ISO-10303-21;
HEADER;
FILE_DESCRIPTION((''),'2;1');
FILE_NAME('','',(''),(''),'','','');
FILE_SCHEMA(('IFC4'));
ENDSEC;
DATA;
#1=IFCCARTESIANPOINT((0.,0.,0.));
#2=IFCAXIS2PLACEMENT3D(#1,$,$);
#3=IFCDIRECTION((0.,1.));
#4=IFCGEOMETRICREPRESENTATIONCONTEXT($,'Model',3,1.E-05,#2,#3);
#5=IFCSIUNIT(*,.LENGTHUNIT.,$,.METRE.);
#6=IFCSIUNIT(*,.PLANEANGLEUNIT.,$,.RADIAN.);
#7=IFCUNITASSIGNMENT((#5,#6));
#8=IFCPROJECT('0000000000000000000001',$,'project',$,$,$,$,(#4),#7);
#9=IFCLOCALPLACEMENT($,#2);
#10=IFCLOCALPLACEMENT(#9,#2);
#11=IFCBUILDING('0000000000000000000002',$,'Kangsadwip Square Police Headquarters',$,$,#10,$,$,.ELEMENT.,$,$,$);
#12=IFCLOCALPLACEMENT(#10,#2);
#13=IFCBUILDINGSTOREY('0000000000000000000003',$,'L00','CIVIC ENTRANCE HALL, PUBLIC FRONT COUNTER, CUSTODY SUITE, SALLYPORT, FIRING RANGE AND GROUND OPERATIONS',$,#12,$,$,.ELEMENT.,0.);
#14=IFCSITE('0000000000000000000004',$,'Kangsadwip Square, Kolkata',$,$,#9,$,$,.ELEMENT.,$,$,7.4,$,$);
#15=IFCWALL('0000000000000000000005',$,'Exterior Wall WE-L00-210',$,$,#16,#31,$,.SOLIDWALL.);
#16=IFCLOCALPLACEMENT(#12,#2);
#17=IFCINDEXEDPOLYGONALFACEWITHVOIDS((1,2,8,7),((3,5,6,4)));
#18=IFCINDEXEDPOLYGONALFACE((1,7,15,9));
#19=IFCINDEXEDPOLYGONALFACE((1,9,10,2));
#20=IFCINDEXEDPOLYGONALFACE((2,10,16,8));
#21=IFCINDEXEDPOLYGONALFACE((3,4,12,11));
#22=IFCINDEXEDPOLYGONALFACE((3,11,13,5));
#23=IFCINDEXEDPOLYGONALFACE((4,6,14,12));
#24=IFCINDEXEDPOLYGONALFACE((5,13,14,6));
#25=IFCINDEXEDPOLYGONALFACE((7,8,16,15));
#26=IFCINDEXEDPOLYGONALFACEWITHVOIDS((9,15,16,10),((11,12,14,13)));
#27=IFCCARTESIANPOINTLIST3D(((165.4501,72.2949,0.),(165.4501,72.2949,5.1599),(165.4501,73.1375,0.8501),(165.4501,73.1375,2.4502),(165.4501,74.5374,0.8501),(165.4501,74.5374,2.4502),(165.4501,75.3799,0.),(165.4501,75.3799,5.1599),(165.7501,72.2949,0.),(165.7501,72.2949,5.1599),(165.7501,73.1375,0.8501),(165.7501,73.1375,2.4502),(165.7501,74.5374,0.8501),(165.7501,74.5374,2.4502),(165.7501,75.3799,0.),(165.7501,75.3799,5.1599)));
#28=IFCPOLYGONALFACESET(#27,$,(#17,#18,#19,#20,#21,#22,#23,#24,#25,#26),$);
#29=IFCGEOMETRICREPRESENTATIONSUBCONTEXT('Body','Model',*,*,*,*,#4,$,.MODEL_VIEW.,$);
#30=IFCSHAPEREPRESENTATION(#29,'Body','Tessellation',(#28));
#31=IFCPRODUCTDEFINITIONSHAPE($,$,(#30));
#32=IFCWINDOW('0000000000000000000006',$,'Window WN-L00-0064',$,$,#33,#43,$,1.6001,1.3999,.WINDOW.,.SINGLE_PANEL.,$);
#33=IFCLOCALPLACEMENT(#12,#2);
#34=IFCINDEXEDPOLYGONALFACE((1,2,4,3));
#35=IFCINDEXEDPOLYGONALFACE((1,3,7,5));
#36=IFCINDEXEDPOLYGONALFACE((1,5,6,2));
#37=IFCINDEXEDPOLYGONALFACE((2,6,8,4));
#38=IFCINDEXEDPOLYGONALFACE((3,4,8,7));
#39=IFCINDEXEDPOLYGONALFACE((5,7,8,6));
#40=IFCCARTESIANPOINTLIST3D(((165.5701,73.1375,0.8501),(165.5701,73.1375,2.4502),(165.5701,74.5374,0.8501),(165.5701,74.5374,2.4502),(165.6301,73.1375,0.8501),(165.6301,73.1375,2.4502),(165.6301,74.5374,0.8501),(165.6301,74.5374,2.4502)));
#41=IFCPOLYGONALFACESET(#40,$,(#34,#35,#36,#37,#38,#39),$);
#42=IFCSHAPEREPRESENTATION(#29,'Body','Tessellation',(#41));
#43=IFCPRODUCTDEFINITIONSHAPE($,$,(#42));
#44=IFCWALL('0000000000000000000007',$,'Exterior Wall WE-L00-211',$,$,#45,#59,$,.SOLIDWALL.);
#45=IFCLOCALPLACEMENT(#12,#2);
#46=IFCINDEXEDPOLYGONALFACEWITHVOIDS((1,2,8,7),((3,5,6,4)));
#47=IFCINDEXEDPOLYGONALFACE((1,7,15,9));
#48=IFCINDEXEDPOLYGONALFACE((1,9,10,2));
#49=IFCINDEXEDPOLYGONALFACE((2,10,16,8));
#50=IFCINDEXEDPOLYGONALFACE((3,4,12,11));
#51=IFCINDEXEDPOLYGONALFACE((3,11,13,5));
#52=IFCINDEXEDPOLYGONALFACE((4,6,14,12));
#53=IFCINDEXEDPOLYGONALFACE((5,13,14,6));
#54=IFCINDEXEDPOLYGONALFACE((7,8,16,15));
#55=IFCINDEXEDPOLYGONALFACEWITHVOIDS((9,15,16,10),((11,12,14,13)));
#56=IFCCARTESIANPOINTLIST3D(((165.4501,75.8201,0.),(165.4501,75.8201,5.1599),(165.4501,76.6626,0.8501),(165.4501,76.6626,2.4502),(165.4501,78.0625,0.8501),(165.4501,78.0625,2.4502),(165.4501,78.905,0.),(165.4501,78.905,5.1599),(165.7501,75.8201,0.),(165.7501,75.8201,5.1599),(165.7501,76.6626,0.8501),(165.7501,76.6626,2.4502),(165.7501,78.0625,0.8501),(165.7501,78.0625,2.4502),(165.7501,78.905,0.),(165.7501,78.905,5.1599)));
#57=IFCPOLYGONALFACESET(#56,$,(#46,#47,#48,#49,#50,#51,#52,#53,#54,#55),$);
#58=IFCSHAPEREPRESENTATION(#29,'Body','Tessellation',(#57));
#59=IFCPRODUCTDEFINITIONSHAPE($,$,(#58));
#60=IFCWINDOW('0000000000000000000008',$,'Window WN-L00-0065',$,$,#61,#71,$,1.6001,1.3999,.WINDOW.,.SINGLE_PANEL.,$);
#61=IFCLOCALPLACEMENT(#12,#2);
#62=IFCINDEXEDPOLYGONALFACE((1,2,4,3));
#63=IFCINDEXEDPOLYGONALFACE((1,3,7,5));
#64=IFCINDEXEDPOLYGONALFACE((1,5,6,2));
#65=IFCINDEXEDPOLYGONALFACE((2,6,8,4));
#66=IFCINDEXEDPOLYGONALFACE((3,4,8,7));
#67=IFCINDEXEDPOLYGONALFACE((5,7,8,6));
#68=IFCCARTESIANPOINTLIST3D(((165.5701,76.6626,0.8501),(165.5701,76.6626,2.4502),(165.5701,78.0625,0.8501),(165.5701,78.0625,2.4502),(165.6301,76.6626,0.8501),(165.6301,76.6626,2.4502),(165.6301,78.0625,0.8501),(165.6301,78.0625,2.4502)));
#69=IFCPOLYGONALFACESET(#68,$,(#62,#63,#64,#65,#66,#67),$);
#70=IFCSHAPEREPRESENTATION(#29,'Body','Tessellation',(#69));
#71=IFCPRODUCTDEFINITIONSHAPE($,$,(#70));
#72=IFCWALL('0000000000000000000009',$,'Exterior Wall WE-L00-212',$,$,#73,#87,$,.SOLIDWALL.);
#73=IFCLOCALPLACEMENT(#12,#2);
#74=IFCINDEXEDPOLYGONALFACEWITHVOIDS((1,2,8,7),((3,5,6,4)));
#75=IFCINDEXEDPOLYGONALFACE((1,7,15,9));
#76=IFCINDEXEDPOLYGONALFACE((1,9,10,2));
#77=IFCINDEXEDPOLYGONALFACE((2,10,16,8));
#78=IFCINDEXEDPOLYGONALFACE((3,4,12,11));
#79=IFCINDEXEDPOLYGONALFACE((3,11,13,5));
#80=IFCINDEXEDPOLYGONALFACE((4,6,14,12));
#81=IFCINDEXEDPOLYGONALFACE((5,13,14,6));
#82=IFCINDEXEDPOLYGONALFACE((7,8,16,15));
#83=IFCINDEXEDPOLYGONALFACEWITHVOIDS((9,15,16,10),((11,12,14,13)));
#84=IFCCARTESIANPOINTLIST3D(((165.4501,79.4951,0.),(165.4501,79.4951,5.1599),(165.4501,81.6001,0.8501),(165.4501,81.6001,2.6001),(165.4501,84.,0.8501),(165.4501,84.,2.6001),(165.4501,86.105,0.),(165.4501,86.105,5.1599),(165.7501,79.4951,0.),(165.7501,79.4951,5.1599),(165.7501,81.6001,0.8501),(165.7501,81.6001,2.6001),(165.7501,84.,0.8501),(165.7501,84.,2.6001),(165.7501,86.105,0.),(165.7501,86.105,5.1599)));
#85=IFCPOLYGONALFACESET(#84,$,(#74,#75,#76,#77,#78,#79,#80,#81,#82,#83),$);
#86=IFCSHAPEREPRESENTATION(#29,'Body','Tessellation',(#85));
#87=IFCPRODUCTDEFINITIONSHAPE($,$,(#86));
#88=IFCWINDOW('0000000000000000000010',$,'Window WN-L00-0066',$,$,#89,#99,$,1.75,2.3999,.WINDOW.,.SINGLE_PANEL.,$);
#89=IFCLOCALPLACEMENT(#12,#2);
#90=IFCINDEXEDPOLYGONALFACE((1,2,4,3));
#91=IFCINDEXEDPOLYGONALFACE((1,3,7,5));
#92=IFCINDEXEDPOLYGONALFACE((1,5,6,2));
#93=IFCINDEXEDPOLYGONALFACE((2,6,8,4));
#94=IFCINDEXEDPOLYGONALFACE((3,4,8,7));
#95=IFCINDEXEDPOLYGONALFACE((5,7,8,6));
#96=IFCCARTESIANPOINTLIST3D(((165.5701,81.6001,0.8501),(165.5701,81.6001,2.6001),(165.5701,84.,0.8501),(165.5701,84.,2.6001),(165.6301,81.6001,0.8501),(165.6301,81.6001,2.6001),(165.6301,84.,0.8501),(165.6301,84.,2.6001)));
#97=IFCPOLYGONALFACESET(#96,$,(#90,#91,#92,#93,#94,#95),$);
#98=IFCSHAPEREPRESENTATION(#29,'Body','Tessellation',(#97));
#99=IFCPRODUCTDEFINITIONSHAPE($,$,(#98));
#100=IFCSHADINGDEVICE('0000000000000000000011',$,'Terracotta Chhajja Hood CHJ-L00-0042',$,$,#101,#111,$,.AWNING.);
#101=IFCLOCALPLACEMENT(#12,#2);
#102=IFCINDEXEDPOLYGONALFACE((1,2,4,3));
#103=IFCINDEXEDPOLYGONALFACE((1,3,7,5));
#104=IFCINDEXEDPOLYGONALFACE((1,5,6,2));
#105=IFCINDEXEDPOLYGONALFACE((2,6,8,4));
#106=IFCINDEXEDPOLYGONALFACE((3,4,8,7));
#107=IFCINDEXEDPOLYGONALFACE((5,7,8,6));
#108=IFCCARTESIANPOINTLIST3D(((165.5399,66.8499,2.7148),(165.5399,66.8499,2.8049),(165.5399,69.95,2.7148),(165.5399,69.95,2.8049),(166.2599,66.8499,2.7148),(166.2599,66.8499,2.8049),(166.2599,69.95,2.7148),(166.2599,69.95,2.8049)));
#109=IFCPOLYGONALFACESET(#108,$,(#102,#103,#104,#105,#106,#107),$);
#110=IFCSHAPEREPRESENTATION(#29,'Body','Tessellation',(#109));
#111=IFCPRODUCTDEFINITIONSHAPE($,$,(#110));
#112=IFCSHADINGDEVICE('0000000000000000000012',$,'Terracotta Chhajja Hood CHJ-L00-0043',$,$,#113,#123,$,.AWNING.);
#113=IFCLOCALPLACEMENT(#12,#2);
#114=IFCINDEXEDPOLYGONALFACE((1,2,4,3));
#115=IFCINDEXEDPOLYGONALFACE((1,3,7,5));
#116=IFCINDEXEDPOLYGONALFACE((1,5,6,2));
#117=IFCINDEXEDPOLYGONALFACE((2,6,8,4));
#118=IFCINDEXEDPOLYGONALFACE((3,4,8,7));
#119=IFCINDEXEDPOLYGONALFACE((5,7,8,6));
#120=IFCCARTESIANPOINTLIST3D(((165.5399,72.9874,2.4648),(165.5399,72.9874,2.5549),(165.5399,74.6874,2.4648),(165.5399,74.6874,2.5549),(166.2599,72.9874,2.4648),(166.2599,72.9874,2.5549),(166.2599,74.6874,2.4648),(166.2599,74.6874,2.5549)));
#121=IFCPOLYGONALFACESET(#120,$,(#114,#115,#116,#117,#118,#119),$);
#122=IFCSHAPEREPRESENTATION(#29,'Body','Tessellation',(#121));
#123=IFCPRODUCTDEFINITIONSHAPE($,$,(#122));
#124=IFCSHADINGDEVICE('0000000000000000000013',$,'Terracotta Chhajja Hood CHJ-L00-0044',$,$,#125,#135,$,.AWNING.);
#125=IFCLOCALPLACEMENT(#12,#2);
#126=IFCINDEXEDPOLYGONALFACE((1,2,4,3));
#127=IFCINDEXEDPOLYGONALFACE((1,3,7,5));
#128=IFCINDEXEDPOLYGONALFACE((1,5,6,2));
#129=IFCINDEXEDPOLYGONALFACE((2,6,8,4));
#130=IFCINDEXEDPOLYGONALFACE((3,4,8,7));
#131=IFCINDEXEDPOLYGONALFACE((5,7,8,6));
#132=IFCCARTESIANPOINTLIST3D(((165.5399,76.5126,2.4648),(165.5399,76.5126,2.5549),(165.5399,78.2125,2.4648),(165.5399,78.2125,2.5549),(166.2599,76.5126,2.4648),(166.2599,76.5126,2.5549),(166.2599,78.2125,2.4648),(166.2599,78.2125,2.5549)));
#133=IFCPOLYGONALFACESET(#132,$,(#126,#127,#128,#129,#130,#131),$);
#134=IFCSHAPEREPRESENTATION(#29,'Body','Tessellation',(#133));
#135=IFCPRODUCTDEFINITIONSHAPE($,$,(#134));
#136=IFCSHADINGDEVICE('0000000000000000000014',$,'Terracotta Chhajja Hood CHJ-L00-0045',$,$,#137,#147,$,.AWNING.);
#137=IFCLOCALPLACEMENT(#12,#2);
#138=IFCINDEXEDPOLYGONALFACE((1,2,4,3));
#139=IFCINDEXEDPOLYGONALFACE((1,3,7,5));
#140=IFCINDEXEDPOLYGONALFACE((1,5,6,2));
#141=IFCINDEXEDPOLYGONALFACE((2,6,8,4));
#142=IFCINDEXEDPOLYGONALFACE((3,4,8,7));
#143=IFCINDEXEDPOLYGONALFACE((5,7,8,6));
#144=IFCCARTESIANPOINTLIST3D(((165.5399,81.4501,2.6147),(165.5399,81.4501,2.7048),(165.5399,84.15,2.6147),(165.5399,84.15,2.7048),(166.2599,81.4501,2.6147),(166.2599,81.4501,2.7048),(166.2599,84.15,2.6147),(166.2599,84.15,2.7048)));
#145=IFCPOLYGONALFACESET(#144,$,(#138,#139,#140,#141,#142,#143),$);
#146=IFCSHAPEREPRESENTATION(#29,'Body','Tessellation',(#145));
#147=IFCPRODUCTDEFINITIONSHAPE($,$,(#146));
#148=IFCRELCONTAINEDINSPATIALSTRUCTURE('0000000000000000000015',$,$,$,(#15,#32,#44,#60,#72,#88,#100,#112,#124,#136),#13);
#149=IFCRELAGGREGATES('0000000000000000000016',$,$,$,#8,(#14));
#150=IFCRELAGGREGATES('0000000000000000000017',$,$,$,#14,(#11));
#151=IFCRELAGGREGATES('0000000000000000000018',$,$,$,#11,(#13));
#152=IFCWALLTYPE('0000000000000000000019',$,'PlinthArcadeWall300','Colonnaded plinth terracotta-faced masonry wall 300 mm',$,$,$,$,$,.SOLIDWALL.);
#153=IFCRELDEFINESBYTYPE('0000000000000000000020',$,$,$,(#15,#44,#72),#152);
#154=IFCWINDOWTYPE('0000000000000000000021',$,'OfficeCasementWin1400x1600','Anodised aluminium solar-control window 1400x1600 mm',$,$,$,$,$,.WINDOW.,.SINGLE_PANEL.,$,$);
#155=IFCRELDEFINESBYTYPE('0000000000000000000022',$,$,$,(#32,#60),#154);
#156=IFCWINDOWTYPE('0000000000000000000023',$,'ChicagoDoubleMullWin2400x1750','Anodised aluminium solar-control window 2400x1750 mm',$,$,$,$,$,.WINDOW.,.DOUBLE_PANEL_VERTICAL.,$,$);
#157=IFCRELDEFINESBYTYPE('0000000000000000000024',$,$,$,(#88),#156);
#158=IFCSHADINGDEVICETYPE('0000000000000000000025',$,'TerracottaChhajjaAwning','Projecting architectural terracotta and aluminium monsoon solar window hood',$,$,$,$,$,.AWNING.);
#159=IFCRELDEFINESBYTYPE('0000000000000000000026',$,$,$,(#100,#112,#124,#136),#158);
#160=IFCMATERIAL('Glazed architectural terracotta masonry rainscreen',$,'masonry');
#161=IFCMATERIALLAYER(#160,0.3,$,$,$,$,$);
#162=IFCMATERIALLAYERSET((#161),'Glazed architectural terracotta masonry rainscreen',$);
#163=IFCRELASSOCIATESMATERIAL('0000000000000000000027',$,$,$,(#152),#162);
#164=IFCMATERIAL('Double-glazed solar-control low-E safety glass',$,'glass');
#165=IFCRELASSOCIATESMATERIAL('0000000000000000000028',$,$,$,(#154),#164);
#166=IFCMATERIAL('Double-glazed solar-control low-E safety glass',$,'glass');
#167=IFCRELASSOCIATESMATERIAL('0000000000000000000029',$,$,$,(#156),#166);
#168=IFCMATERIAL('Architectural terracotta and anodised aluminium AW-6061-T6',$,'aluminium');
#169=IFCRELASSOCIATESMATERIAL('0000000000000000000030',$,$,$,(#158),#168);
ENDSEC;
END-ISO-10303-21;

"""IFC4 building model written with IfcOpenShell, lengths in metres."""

from ifc_helpers import new_model, si_unit, direction, frame, frame_2d, origin, origin_2d, place, context, subcontext, project, spatial, rectangle, extrude, material, layer, layer_set, type_object, element, fill, save


model = new_model("IFC4")

# Units and contexts
model_context = context("Model", 3, precision=1e-05, world=origin(), true_north=direction((0.0, 1.0)))
body_context = subcontext(model_context, "Body", "Model", "MODEL_VIEW")
ifc_project = project(units=[si_unit("LENGTHUNIT", "METRE"), si_unit("PLANEANGLEUNIT", "RADIAN")], contexts=[model_context])

# Site, building, storey
site_placement = place(None, origin())
site = spatial("IfcSite", under=ifc_project, at=site_placement, Name="Kangsadwip Square, Kolkata", CompositionType="ELEMENT", RefElevation=7.4)
building_placement = place(site_placement, origin())
building = spatial("IfcBuilding", under=site, at=building_placement, Name="Kangsadwip Square Police Headquarters", CompositionType="ELEMENT")
storey_placement = place(building_placement, origin())
storey = spatial("IfcBuildingStorey", under=building, at=storey_placement, Name="L00", Description="CIVIC ENTRANCE HALL, PUBLIC FRONT COUNTER, CUSTODY SUITE, SALLYPORT, FIRING RANGE AND GROUND OPERATIONS", CompositionType="ELEMENT", Elevation=0.0)

# Walls, openings, windows
ifc_material_1 = material(Name="Glazed architectural terracotta masonry rainscreen", Category="masonry")
ifc_layer_1 = layer(ifc_material_1, 0.3)
ifc_layer_set_1 = layer_set([ifc_layer_1], Name="Glazed architectural terracotta masonry rainscreen")
wall_type_1 = type_object("IfcWallType", Name="PlinthArcadeWall300", Description="Colonnaded plinth terracotta-faced masonry wall 300 mm", PredefinedType="SOLIDWALL", material=ifc_layer_set_1)
wall_1_placement = place(storey_placement, frame((165.6001, 72.2949, 0.0), z_axis=(0.0, 0.0, 1.0), x_axis=(0.0, 1.0, 0.0)))
wall_1 = element("IfcWall", 1, at=wall_1_placement, inside=storey, type_object=wall_type_1, Name="Exterior Wall WE-L00-210", PredefinedType="SOLIDWALL", context=body_context, shape_type="SweptSolid", body=[
    extrude(rectangle(XDim=3.085, YDim=0.3, at=frame_2d((1.5425, 0.0))), origin(), (0.0, 0.0, 1.0), 5.1599),
])
opening_1_placement = place(wall_1_placement, frame((0.8425, 0.0, 0.8501)))
opening_1 = element("IfcOpeningElement", 2, at=opening_1_placement, cuts=wall_1, PredefinedType="OPENING", context=body_context, shape_type="SweptSolid", body=[
    extrude(rectangle(XDim=1.3999, YDim=1.6001, at=frame_2d((0.7, 0.8))), frame((0.0, 0.1599, 0.0), z_axis=(0.0, -1.0, 0.0), x_axis=(1.0, 0.0, 0.0)), (0.0, 0.0, 1.0), 0.3201),
])
ifc_material_2 = material(Name="Double-glazed solar-control low-E safety glass", Category="glass")
window_type_1 = type_object("IfcWindowType", Name="OfficeCasementWin1400x1600", Description="Anodised aluminium solar-control window 1400x1600 mm", PartitioningType="SINGLE_PANEL", PredefinedType="WINDOW", material=ifc_material_2)
window_1_placement = place(opening_1_placement, origin())
window_1 = element("IfcWindow", 3, at=window_1_placement, inside=storey, type_object=window_type_1, Name="Window WN-L00-0064", OverallHeight=1.6001, OverallWidth=1.3999, PartitioningType="SINGLE_PANEL", PredefinedType="WINDOW", context=body_context, shape_type="SweptSolid", body=[
    extrude(rectangle(XDim=1.3999, YDim=1.6001, at=frame_2d((0.7, 0.8))), frame((0.0, 0.03, 0.0), z_axis=(0.0, -1.0, 0.0), x_axis=(1.0, 0.0, 0.0)), (0.0, 0.0, 1.0), 0.0601),
])
fill(opening_1, window_1)
wall_2_placement = place(storey_placement, frame((165.6001, 75.8201, 0.0), z_axis=(0.0, 0.0, 1.0), x_axis=(0.0, 1.0, 0.0)))
wall_2 = element("IfcWall", 4, at=wall_2_placement, inside=storey, type_object=wall_type_1, Name="Exterior Wall WE-L00-211", PredefinedType="SOLIDWALL", context=body_context, shape_type="SweptSolid", body=[
    extrude(rectangle(XDim=3.085, YDim=0.3, at=frame_2d((1.5425, 0.0))), origin(), (0.0, 0.0, 1.0), 5.1599),
])
opening_2_placement = place(wall_2_placement, frame((0.8425, 0.0, 0.8501)))
opening_2 = element("IfcOpeningElement", 5, at=opening_2_placement, cuts=wall_2, PredefinedType="OPENING", context=body_context, shape_type="SweptSolid", body=[
    extrude(rectangle(XDim=1.3999, YDim=1.6001, at=frame_2d((0.7, 0.8))), frame((0.0, 0.1599, 0.0), z_axis=(0.0, -1.0, 0.0), x_axis=(1.0, 0.0, 0.0)), (0.0, 0.0, 1.0), 0.3201),
])
window_2_placement = place(opening_2_placement, origin())
window_2 = element("IfcWindow", 6, at=window_2_placement, inside=storey, type_object=window_type_1, Name="Window WN-L00-0065", OverallHeight=1.6001, OverallWidth=1.3999, PartitioningType="SINGLE_PANEL", PredefinedType="WINDOW", context=body_context, shape_type="SweptSolid", body=[
    extrude(rectangle(XDim=1.3999, YDim=1.6001, at=frame_2d((0.7, 0.8))), frame((0.0, 0.03, 0.0), z_axis=(0.0, -1.0, 0.0), x_axis=(1.0, 0.0, 0.0)), (0.0, 0.0, 1.0), 0.0601),
])
fill(opening_2, window_2)
wall_3_placement = place(storey_placement, frame((165.6001, 79.4951, 0.0), z_axis=(0.0, 0.0, 1.0), x_axis=(0.0, 1.0, 0.0)))
wall_3 = element("IfcWall", 7, at=wall_3_placement, inside=storey, type_object=wall_type_1, Name="Exterior Wall WE-L00-212", PredefinedType="SOLIDWALL", context=body_context, shape_type="SweptSolid", body=[
    extrude(rectangle(XDim=6.6099, YDim=0.3, at=frame_2d((3.3049, 0.0))), origin(), (0.0, 0.0, 1.0), 5.1599),
])
opening_3_placement = place(wall_3_placement, frame((2.105, 0.0, 0.8501)))
opening_3 = element("IfcOpeningElement", 8, at=opening_3_placement, cuts=wall_3, PredefinedType="OPENING", context=body_context, shape_type="SweptSolid", body=[
    extrude(rectangle(XDim=2.3999, YDim=1.75, at=frame_2d((1.2, 0.875))), frame((0.0, 0.1599, 0.0), z_axis=(0.0, -1.0, 0.0), x_axis=(1.0, 0.0, 0.0)), (0.0, 0.0, 1.0), 0.3201),
])
ifc_material_3 = material(Name="Double-glazed solar-control low-E safety glass", Category="glass")
window_type_2 = type_object("IfcWindowType", Name="ChicagoDoubleMullWin2400x1750", Description="Anodised aluminium solar-control window 2400x1750 mm", PartitioningType="DOUBLE_PANEL_VERTICAL", PredefinedType="WINDOW", material=ifc_material_3)
window_3_placement = place(opening_3_placement, origin())
window_3 = element("IfcWindow", 9, at=window_3_placement, inside=storey, type_object=window_type_2, Name="Window WN-L00-0066", OverallHeight=1.75, OverallWidth=2.3999, PartitioningType="SINGLE_PANEL", PredefinedType="WINDOW", context=body_context, shape_type="SweptSolid", body=[
    extrude(rectangle(XDim=2.3999, YDim=1.75, at=frame_2d((1.2, 0.875))), frame((0.0, 0.03, 0.0), z_axis=(0.0, -1.0, 0.0), x_axis=(1.0, 0.0, 0.0)), (0.0, 0.0, 1.0), 0.0601),
])
fill(opening_3, window_3)

# Shading devices
ifc_material_4 = material(Name="Architectural terracotta and anodised aluminium AW-6061-T6", Category="aluminium")
shading_device_type = type_object("IfcShadingDeviceType", Name="TerracottaChhajjaAwning", Description="Projecting architectural terracotta and aluminium monsoon solar window hood", PredefinedType="AWNING", material=ifc_material_4)
shading_device_1_placement = place(storey_placement, frame((165.8999, 68.3999, 2.7148), z_axis=(0.0, 0.0, 1.0), x_axis=(0.0, 1.0, 0.0)))
element("IfcShadingDevice", 10, at=shading_device_1_placement, inside=storey, type_object=shading_device_type, Name="Terracotta Chhajja Hood CHJ-L00-0042", PredefinedType="AWNING", context=body_context, shape_type="SweptSolid", body=[
    extrude(rectangle(XDim=3.1001, YDim=0.72, at=origin_2d()), origin(), (0.0, 0.0, 1.0), 0.0901),
])
for number, where, z_axis, x_axis, name in (
    (11, (165.8999, 73.8374, 2.4648), (0.0, 0.0, 1.0), (0.0, 1.0, 0.0), "Terracotta Chhajja Hood CHJ-L00-0043"),
    (12, (165.8999, 77.3625, 2.4648), (0.0, 0.0, 1.0), (0.0, 1.0, 0.0), "Terracotta Chhajja Hood CHJ-L00-0044"),
):
    element("IfcShadingDevice", number, at=place(storey_placement, frame(where, z_axis=z_axis, x_axis=x_axis)), inside=storey, type_object=shading_device_type, Name=name, PredefinedType="AWNING", context=body_context, shape_type="SweptSolid", body=[
        extrude(rectangle(XDim=1.7, YDim=0.72, at=origin_2d()), origin(), (0.0, 0.0, 1.0), 0.0901),
    ])
shading_device_2_placement = place(storey_placement, frame((165.8999, 82.8, 2.6147), z_axis=(0.0, 0.0, 1.0), x_axis=(0.0, 1.0, 0.0)))
element("IfcShadingDevice", 13, at=shading_device_2_placement, inside=storey, type_object=shading_device_type, Name="Terracotta Chhajja Hood CHJ-L00-0045", PredefinedType="AWNING", context=body_context, shape_type="SweptSolid", body=[
    extrude(rectangle(XDim=2.7, YDim=0.72, at=origin_2d()), origin(), (0.0, 0.0, 1.0), 0.0901),
])

save(model, "model.ifc")
